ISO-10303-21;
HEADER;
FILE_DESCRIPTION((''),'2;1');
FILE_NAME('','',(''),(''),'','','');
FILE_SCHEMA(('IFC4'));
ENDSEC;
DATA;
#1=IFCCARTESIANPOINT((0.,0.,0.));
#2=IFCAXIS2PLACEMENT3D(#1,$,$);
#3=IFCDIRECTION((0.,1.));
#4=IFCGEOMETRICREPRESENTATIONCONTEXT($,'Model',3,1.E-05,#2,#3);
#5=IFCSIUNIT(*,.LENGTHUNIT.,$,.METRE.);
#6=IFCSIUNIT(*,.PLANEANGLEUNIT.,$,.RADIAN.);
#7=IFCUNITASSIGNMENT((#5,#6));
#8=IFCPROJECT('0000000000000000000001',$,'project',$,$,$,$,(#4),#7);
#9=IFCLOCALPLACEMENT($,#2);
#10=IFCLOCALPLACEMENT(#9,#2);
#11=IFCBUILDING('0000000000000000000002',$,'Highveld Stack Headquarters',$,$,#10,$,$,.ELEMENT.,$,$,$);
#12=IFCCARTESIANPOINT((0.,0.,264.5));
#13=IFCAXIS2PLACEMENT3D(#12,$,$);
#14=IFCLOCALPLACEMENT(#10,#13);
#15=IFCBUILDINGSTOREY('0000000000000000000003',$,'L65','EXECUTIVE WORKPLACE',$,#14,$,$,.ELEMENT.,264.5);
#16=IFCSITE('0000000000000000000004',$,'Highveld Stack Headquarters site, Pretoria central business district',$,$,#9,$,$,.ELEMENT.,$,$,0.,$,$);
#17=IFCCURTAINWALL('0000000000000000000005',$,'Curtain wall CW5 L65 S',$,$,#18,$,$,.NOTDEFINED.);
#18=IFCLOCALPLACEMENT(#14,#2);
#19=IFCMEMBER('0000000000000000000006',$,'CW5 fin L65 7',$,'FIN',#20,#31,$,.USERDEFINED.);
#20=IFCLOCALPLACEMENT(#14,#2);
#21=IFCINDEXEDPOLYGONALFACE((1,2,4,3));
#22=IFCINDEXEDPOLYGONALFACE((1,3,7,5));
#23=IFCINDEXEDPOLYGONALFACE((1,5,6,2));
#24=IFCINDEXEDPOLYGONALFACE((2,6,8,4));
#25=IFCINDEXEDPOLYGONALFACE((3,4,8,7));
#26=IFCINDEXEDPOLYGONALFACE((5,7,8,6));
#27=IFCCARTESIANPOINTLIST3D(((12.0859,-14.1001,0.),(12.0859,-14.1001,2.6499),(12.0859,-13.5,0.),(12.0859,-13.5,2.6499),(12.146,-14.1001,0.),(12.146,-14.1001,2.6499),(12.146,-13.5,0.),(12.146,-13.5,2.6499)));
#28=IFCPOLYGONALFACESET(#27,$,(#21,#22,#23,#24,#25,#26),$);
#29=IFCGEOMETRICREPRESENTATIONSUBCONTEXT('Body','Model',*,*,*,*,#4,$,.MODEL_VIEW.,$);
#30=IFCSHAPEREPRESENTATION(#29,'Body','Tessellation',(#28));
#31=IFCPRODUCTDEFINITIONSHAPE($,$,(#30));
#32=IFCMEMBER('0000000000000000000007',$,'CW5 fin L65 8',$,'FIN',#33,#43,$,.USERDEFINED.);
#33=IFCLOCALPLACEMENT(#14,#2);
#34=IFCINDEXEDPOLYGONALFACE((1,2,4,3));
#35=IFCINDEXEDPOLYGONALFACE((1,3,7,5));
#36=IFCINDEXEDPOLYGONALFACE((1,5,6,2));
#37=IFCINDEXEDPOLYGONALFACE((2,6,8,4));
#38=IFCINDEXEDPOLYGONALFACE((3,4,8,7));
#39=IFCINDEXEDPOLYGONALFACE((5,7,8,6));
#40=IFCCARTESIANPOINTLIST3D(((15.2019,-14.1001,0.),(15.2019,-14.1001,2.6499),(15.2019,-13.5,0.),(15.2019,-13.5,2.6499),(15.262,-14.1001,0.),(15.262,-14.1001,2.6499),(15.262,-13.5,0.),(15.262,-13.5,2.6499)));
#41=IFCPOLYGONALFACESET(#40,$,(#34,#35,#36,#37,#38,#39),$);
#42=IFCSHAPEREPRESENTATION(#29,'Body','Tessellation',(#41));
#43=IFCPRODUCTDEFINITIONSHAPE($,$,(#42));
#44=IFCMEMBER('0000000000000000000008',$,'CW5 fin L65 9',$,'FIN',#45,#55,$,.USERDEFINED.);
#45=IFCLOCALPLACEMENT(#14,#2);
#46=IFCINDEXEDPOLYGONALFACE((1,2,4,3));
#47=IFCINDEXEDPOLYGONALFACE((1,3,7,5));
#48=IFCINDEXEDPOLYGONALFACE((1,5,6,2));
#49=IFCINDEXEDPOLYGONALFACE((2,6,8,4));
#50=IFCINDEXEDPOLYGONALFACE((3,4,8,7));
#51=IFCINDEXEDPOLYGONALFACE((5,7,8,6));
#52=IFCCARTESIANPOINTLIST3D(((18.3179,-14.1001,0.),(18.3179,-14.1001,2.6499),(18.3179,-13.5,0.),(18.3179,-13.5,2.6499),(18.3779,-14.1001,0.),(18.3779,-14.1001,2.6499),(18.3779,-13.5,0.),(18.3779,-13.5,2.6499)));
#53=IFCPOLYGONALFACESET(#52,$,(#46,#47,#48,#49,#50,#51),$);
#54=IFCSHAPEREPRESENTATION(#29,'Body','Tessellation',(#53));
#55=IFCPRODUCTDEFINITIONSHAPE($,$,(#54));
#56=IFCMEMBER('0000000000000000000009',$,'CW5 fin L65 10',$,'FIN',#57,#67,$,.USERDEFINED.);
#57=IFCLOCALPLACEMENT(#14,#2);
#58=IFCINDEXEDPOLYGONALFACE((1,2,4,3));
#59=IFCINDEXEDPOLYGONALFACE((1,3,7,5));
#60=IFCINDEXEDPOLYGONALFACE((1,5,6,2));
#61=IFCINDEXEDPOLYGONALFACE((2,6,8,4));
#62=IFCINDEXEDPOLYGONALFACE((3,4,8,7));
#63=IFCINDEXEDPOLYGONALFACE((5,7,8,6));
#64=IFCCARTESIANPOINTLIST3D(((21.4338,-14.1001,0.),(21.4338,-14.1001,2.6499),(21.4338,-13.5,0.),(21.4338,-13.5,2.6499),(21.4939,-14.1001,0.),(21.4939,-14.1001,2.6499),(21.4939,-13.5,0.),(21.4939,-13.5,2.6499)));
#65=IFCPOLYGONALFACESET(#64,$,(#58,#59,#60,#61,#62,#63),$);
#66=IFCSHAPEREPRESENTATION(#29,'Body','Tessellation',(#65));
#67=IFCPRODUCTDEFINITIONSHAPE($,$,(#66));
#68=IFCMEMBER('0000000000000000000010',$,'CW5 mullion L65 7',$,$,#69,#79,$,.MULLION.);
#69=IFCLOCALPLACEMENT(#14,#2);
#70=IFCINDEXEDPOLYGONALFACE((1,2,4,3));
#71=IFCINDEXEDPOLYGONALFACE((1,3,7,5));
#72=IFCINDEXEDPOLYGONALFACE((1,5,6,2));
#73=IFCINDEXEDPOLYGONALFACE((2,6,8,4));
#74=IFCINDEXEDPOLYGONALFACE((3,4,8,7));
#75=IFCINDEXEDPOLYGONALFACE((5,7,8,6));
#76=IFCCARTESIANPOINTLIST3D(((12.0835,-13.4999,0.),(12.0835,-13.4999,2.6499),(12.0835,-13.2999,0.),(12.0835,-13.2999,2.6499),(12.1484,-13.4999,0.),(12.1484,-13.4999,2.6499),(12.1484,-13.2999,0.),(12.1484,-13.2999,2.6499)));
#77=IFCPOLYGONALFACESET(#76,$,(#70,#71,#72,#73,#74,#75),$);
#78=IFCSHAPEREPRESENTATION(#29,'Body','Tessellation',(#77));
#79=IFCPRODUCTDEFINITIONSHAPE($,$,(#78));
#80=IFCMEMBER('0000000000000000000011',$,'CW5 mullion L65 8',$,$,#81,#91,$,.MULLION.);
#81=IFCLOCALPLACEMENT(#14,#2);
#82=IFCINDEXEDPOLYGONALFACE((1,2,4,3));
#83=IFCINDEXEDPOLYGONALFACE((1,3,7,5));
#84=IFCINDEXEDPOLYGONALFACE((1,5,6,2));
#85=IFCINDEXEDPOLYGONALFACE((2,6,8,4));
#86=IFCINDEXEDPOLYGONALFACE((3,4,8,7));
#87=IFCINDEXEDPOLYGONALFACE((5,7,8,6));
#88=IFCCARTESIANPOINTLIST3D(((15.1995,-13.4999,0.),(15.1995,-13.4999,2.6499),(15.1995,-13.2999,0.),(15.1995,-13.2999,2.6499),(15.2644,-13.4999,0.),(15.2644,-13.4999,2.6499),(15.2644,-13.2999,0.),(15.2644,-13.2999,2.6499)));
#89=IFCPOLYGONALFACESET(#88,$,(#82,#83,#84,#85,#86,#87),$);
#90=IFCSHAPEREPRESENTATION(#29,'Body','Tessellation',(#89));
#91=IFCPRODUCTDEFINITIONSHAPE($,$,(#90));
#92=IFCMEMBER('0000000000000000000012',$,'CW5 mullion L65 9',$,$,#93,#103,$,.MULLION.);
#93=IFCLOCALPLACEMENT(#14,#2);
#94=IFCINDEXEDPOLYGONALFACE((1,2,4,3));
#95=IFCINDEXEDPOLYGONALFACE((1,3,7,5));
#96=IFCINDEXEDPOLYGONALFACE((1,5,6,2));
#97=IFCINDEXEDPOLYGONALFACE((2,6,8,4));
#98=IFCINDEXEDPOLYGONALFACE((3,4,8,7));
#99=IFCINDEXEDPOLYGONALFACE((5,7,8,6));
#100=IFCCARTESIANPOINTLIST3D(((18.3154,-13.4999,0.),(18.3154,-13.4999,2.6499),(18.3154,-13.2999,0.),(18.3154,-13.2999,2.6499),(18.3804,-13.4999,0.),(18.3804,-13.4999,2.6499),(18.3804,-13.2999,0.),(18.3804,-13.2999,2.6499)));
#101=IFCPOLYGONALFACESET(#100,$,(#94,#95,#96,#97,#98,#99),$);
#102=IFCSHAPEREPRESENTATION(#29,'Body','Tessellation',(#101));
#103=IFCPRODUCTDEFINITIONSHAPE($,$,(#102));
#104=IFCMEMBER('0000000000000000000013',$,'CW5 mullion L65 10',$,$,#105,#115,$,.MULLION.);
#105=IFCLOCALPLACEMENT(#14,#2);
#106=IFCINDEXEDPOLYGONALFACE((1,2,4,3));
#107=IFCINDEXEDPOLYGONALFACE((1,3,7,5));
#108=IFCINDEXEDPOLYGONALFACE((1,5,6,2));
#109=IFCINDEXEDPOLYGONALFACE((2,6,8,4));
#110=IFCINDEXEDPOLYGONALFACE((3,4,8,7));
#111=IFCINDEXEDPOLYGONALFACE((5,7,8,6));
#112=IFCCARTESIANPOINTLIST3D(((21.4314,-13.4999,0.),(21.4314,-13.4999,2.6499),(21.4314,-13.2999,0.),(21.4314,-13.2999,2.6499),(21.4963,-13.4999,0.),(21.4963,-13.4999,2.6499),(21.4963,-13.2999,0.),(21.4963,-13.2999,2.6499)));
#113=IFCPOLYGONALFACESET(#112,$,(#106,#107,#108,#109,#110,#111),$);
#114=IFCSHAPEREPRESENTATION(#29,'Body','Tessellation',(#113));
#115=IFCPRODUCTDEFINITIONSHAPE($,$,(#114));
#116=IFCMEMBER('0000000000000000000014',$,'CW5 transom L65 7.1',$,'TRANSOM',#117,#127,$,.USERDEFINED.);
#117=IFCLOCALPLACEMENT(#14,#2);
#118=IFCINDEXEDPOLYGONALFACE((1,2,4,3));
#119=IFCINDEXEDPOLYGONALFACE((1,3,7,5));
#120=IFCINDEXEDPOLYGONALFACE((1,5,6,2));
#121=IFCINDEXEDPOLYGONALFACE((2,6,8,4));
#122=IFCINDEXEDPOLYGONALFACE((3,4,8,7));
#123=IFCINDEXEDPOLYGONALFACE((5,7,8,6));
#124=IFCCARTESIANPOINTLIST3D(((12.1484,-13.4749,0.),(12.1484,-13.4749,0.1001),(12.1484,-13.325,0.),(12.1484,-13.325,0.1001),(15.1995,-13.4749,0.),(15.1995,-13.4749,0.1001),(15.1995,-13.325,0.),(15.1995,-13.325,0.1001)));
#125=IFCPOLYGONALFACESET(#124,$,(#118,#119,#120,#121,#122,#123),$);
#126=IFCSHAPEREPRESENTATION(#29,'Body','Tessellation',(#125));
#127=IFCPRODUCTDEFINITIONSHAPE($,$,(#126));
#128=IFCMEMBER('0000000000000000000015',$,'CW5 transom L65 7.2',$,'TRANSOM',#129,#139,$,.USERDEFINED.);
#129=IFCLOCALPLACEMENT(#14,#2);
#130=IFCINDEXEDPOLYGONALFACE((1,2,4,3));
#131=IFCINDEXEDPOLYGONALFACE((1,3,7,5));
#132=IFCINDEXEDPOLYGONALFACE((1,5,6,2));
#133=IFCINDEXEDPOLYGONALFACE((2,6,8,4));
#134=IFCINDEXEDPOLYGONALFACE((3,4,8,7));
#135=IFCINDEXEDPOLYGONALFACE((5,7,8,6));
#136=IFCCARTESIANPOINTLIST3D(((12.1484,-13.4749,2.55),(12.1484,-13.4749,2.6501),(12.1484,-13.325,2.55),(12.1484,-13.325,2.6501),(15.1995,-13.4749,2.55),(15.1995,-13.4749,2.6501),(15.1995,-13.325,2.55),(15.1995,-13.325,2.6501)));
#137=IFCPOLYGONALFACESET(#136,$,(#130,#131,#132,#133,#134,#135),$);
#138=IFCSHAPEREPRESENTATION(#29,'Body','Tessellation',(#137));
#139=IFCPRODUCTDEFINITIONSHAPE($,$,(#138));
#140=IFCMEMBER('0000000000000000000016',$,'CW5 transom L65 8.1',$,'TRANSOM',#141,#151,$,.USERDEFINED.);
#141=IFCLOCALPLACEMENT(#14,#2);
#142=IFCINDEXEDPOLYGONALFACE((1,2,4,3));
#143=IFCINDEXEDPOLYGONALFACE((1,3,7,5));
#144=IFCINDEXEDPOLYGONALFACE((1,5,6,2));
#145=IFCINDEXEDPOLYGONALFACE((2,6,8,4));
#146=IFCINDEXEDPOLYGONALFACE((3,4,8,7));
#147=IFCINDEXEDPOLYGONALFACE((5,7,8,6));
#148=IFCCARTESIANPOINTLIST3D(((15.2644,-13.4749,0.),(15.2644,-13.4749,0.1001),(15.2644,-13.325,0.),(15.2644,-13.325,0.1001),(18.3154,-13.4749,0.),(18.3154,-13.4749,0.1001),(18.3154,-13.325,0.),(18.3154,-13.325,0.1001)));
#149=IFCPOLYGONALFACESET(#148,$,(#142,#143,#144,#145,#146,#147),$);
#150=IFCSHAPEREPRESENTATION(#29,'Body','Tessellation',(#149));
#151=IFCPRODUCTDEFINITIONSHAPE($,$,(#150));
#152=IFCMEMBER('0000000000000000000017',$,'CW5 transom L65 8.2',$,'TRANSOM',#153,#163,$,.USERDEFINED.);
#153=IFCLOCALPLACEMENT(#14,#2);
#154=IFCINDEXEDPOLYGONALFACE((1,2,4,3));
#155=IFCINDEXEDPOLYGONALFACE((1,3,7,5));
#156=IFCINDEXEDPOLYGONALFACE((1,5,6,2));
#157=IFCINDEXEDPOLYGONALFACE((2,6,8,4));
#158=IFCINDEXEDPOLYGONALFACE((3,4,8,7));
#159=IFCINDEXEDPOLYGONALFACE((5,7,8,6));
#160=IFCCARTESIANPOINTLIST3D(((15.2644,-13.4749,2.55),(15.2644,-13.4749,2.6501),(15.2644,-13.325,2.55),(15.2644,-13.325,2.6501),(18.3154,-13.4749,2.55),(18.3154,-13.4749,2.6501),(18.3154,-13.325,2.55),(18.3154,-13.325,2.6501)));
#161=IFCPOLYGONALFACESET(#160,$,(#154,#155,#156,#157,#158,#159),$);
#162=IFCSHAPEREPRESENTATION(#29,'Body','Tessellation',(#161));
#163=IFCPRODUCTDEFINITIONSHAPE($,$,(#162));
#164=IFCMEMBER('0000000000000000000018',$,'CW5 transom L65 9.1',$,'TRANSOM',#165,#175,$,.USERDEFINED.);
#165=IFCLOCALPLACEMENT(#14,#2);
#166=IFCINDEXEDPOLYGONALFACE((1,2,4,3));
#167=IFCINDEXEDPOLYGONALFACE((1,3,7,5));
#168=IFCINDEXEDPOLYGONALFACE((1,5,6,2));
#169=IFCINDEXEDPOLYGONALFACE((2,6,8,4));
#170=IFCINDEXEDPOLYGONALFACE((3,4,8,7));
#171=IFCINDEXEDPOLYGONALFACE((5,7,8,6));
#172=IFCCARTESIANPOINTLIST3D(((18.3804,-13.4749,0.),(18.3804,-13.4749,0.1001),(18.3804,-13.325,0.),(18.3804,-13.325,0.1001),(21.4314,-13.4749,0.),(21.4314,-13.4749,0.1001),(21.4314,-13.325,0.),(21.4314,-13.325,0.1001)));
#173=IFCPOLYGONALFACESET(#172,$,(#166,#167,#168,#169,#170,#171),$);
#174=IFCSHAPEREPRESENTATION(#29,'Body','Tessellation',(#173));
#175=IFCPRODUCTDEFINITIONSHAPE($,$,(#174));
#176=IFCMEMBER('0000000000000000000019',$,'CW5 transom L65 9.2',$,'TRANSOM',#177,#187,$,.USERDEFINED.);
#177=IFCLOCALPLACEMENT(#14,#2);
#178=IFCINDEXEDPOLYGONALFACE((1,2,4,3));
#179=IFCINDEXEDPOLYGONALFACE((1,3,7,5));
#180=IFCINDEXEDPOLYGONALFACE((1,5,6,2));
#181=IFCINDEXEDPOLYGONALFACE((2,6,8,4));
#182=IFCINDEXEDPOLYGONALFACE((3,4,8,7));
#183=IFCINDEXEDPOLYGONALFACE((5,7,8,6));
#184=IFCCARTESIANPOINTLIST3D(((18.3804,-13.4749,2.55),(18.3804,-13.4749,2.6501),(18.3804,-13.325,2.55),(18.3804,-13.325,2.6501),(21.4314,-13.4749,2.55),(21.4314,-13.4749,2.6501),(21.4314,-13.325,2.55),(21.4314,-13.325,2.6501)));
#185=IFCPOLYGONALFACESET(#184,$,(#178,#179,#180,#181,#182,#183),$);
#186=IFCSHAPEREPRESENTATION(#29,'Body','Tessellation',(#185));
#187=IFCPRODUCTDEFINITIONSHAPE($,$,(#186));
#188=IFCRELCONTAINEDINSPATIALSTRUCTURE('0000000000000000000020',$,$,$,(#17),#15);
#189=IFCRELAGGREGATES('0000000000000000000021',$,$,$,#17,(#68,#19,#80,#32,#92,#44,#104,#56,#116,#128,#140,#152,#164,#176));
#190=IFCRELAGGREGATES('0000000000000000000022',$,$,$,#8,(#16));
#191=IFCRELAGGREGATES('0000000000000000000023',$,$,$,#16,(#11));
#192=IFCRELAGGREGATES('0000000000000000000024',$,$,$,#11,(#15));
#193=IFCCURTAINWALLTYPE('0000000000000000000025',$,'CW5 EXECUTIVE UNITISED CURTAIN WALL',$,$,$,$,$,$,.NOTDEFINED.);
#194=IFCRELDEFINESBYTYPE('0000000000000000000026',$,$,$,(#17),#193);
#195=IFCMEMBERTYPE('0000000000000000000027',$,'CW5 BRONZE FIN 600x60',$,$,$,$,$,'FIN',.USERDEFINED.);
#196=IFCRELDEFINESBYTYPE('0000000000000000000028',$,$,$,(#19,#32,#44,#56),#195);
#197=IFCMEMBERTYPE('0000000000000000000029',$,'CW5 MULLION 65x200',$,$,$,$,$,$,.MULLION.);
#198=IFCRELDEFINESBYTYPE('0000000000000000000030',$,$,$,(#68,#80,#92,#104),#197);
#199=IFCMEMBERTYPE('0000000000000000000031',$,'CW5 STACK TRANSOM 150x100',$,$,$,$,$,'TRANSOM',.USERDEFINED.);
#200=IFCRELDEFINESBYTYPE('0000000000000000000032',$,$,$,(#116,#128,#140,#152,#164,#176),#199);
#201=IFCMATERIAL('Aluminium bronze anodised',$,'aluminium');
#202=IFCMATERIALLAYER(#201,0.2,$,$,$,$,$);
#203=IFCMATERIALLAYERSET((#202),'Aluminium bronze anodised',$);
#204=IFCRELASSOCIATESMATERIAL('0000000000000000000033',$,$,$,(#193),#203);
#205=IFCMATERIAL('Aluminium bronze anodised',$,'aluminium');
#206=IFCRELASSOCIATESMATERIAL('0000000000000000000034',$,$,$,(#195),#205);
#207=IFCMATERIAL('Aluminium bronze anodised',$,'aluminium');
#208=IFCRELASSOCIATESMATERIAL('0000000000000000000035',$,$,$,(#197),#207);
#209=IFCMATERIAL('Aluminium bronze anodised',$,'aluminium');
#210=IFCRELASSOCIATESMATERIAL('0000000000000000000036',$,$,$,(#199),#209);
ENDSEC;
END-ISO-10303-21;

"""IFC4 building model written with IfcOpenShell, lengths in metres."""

from ifc_helpers import new_model, si_unit, direction, frame, origin, origin_2d, place, context, subcontext, project, spatial, rectangle, extrude, material, layer, layer_set, material_profile, profile_set, type_object, element, aggregate, save


model = new_model("IFC4")

# Units and contexts
model_context = context("Model", 3, precision=1e-05, world=origin(), true_north=direction((0.0, 1.0)))
body_context = subcontext(model_context, "Body", "Model", "MODEL_VIEW")
ifc_project = project(units=[si_unit("LENGTHUNIT", "METRE"), si_unit("PLANEANGLEUNIT", "RADIAN")], contexts=[model_context])

# Site, building, storey
site_placement = place(None, origin())
site = spatial("IfcSite", under=ifc_project, at=site_placement, Name="Highveld Stack Headquarters site, Pretoria central business district", CompositionType="ELEMENT", RefElevation=0.0)
building_placement = place(site_placement, origin())
building = spatial("IfcBuilding", under=site, at=building_placement, Name="Highveld Stack Headquarters", CompositionType="ELEMENT")
storey_placement = place(building_placement, frame((0.0, 0.0, 264.5)))
storey = spatial("IfcBuildingStorey", under=building, at=storey_placement, Name="L65", Description="EXECUTIVE WORKPLACE", CompositionType="ELEMENT", Elevation=264.5)

# Curtain wall, members
ifc_material_1 = material(Name="Aluminium bronze anodised", Category="aluminium")
ifc_layer_1 = layer(ifc_material_1, 0.2)
ifc_layer_set_1 = layer_set([ifc_layer_1], Name="Aluminium bronze anodised")
curtain_wall_type = type_object("IfcCurtainWallType", Name="CW5 EXECUTIVE UNITISED CURTAIN WALL", PredefinedType="NOTDEFINED", material=ifc_layer_set_1)
curtain_wall_placement = place(storey_placement, origin())
curtain_wall = element("IfcCurtainWall", 1, at=curtain_wall_placement, inside=storey, type_object=curtain_wall_type, Name="Curtain wall CW5 L65 S", PredefinedType="NOTDEFINED")
ifc_material_2 = material(Name="Aluminium bronze anodised", Category="aluminium")
ifc_material_profile_1 = material_profile(ifc_material_2, rectangle(XDim=0.6001, YDim=0.0601, at=origin_2d()), Name="FIN 600x60")
ifc_profile_set_1 = profile_set([ifc_material_profile_1], Name="Aluminium bronze anodised")
member_type_1 = type_object("IfcMemberType", Name="CW5 BRONZE FIN 600x60", ElementType="FIN", PredefinedType="USERDEFINED", material=ifc_profile_set_1)
member_1_placement = place(storey_placement, frame((12.116, -13.8, 0.0), z_axis=(0.0, 0.0, 1.0), x_axis=(0.0, 1.0, 0.0)))
member_1 = element("IfcMember", 2, at=member_1_placement, type_object=member_type_1, Name="CW5 fin L65 7", ObjectType="FIN", PredefinedType="USERDEFINED", context=body_context, shape_type="SweptSolid", body=[
    extrude(rectangle(XDim=0.6001, YDim=0.0601, at=origin_2d()), origin(), (0.0, 0.0, 1.0), 2.6499),
])
member_2_placement = place(storey_placement, frame((15.2319, -13.8, 0.0), z_axis=(0.0, 0.0, 1.0), x_axis=(0.0, 1.0, 0.0)))
member_2 = element("IfcMember", 3, at=member_2_placement, type_object=member_type_1, Name="CW5 fin L65 8", ObjectType="FIN", PredefinedType="USERDEFINED", context=body_context, shape_type="SweptSolid", body=[
    extrude(rectangle(XDim=0.6001, YDim=0.0601, at=origin_2d()), origin(), (0.0, 0.0, 1.0), 2.6499),
])
member_3_placement = place(storey_placement, frame((18.3479, -13.8, 0.0), z_axis=(0.0, 0.0, 1.0), x_axis=(0.0, 1.0, 0.0)))
member_3 = element("IfcMember", 4, at=member_3_placement, type_object=member_type_1, Name="CW5 fin L65 9", ObjectType="FIN", PredefinedType="USERDEFINED", context=body_context, shape_type="SweptSolid", body=[
    extrude(rectangle(XDim=0.6001, YDim=0.0601, at=origin_2d()), origin(), (0.0, 0.0, 1.0), 2.6499),
])
member_4_placement = place(storey_placement, frame((21.4639, -13.8, 0.0), z_axis=(0.0, 0.0, 1.0), x_axis=(0.0, 1.0, 0.0)))
member_4 = element("IfcMember", 5, at=member_4_placement, type_object=member_type_1, Name="CW5 fin L65 10", ObjectType="FIN", PredefinedType="USERDEFINED", context=body_context, shape_type="SweptSolid", body=[
    extrude(rectangle(XDim=0.6001, YDim=0.0601, at=origin_2d()), origin(), (0.0, 0.0, 1.0), 2.6499),
])
ifc_material_3 = material(Name="Aluminium bronze anodised", Category="aluminium")
ifc_material_profile_2 = material_profile(ifc_material_3, rectangle(XDim=0.2, YDim=0.0649, at=origin_2d()), Name="CW5 MULLION 65x200")
ifc_profile_set_2 = profile_set([ifc_material_profile_2], Name="Aluminium bronze anodised")
member_type_2 = type_object("IfcMemberType", Name="CW5 MULLION 65x200", PredefinedType="MULLION", material=ifc_profile_set_2)
member_5_placement = place(storey_placement, frame((12.116, -13.3999, 0.0), z_axis=(0.0, 0.0, 1.0), x_axis=(0.0, 1.0, 0.0)))
member_5 = element("IfcMember", 6, at=member_5_placement, type_object=member_type_2, Name="CW5 mullion L65 7", PredefinedType="MULLION", context=body_context, shape_type="SweptSolid", body=[
    extrude(rectangle(XDim=0.2, YDim=0.0649, at=origin_2d()), origin(), (0.0, 0.0, 1.0), 2.6499),
])
member_6_placement = place(storey_placement, frame((15.2319, -13.3999, 0.0), z_axis=(0.0, 0.0, 1.0), x_axis=(0.0, 1.0, 0.0)))
member_6 = element("IfcMember", 7, at=member_6_placement, type_object=member_type_2, Name="CW5 mullion L65 8", PredefinedType="MULLION", context=body_context, shape_type="SweptSolid", body=[
    extrude(rectangle(XDim=0.2, YDim=0.0649, at=origin_2d()), origin(), (0.0, 0.0, 1.0), 2.6499),
])
member_7_placement = place(storey_placement, frame((18.3479, -13.3999, 0.0), z_axis=(0.0, 0.0, 1.0), x_axis=(0.0, 1.0, 0.0)))
member_7 = element("IfcMember", 8, at=member_7_placement, type_object=member_type_2, Name="CW5 mullion L65 9", PredefinedType="MULLION", context=body_context, shape_type="SweptSolid", body=[
    extrude(rectangle(XDim=0.2, YDim=0.0649, at=origin_2d()), origin(), (0.0, 0.0, 1.0), 2.6499),
])
member_8_placement = place(storey_placement, frame((21.4639, -13.3999, 0.0), z_axis=(0.0, 0.0, 1.0), x_axis=(0.0, 1.0, 0.0)))
member_8 = element("IfcMember", 9, at=member_8_placement, type_object=member_type_2, Name="CW5 mullion L65 10", PredefinedType="MULLION", context=body_context, shape_type="SweptSolid", body=[
    extrude(rectangle(XDim=0.2, YDim=0.0649, at=origin_2d()), origin(), (0.0, 0.0, 1.0), 2.6499),
])
ifc_material_4 = material(Name="Aluminium bronze anodised", Category="aluminium")
ifc_material_profile_3 = material_profile(ifc_material_4, rectangle(XDim=0.1499, YDim=0.1001, at=origin_2d()), Name="CW5 TRANSOM 150x100")
ifc_profile_set_3 = profile_set([ifc_material_profile_3], Name="Aluminium bronze anodised")
member_type_3 = type_object("IfcMemberType", Name="CW5 STACK TRANSOM 150x100", ElementType="TRANSOM", PredefinedType="USERDEFINED", material=ifc_profile_set_3)
member_9_placement = place(storey_placement, frame((12.1484, -13.3999, 0.05), z_axis=(1.0, 0.0, 0.0), x_axis=(0.0, 1.0, 0.0)))
member_9 = element("IfcMember", 10, at=member_9_placement, type_object=member_type_3, Name="CW5 transom L65 7.1", ObjectType="TRANSOM", PredefinedType="USERDEFINED", context=body_context, shape_type="SweptSolid", body=[
    extrude(rectangle(XDim=0.1499, YDim=0.1001, at=origin_2d()), origin(), (0.0, 0.0, 1.0), 3.051),
])
member_10_placement = place(storey_placement, frame((12.1484, -13.3999, 2.6001), z_axis=(1.0, 0.0, 0.0), x_axis=(0.0, 1.0, 0.0)))
member_10 = element("IfcMember", 11, at=member_10_placement, type_object=member_type_3, Name="CW5 transom L65 7.2", ObjectType="TRANSOM", PredefinedType="USERDEFINED", context=body_context, shape_type="SweptSolid", body=[
    extrude(rectangle(XDim=0.1499, YDim=0.1001, at=origin_2d()), origin(), (0.0, 0.0, 1.0), 3.051),
])
member_11_placement = place(storey_placement, frame((15.2644, -13.3999, 0.05), z_axis=(1.0, 0.0, 0.0), x_axis=(0.0, 1.0, 0.0)))
member_11 = element("IfcMember", 12, at=member_11_placement, type_object=member_type_3, Name="CW5 transom L65 8.1", ObjectType="TRANSOM", PredefinedType="USERDEFINED", context=body_context, shape_type="SweptSolid", body=[
    extrude(rectangle(XDim=0.1499, YDim=0.1001, at=origin_2d()), origin(), (0.0, 0.0, 1.0), 3.051),
])
member_12_placement = place(storey_placement, frame((15.2644, -13.3999, 2.6001), z_axis=(1.0, 0.0, 0.0), x_axis=(0.0, 1.0, 0.0)))
member_12 = element("IfcMember", 13, at=member_12_placement, type_object=member_type_3, Name="CW5 transom L65 8.2", ObjectType="TRANSOM", PredefinedType="USERDEFINED", context=body_context, shape_type="SweptSolid", body=[
    extrude(rectangle(XDim=0.1499, YDim=0.1001, at=origin_2d()), origin(), (0.0, 0.0, 1.0), 3.051),
])
member_13_placement = place(storey_placement, frame((18.3804, -13.3999, 0.05), z_axis=(1.0, 0.0, 0.0), x_axis=(0.0, 1.0, 0.0)))
member_13 = element("IfcMember", 14, at=member_13_placement, type_object=member_type_3, Name="CW5 transom L65 9.1", ObjectType="TRANSOM", PredefinedType="USERDEFINED", context=body_context, shape_type="SweptSolid", body=[
    extrude(rectangle(XDim=0.1499, YDim=0.1001, at=origin_2d()), origin(), (0.0, 0.0, 1.0), 3.051),
])
member_14_placement = place(storey_placement, frame((18.3804, -13.3999, 2.6001), z_axis=(1.0, 0.0, 0.0), x_axis=(0.0, 1.0, 0.0)))
member_14 = element("IfcMember", 15, at=member_14_placement, type_object=member_type_3, Name="CW5 transom L65 9.2", ObjectType="TRANSOM", PredefinedType="USERDEFINED", context=body_context, shape_type="SweptSolid", body=[
    extrude(rectangle(XDim=0.1499, YDim=0.1001, at=origin_2d()), origin(), (0.0, 0.0, 1.0), 3.051),
])
aggregate(curtain_wall, [member_5, member_1, member_6, member_2, member_7, member_3, member_8, member_4, member_9, member_10, member_11, member_12, member_13, member_14])

save(model, "model.ifc")
